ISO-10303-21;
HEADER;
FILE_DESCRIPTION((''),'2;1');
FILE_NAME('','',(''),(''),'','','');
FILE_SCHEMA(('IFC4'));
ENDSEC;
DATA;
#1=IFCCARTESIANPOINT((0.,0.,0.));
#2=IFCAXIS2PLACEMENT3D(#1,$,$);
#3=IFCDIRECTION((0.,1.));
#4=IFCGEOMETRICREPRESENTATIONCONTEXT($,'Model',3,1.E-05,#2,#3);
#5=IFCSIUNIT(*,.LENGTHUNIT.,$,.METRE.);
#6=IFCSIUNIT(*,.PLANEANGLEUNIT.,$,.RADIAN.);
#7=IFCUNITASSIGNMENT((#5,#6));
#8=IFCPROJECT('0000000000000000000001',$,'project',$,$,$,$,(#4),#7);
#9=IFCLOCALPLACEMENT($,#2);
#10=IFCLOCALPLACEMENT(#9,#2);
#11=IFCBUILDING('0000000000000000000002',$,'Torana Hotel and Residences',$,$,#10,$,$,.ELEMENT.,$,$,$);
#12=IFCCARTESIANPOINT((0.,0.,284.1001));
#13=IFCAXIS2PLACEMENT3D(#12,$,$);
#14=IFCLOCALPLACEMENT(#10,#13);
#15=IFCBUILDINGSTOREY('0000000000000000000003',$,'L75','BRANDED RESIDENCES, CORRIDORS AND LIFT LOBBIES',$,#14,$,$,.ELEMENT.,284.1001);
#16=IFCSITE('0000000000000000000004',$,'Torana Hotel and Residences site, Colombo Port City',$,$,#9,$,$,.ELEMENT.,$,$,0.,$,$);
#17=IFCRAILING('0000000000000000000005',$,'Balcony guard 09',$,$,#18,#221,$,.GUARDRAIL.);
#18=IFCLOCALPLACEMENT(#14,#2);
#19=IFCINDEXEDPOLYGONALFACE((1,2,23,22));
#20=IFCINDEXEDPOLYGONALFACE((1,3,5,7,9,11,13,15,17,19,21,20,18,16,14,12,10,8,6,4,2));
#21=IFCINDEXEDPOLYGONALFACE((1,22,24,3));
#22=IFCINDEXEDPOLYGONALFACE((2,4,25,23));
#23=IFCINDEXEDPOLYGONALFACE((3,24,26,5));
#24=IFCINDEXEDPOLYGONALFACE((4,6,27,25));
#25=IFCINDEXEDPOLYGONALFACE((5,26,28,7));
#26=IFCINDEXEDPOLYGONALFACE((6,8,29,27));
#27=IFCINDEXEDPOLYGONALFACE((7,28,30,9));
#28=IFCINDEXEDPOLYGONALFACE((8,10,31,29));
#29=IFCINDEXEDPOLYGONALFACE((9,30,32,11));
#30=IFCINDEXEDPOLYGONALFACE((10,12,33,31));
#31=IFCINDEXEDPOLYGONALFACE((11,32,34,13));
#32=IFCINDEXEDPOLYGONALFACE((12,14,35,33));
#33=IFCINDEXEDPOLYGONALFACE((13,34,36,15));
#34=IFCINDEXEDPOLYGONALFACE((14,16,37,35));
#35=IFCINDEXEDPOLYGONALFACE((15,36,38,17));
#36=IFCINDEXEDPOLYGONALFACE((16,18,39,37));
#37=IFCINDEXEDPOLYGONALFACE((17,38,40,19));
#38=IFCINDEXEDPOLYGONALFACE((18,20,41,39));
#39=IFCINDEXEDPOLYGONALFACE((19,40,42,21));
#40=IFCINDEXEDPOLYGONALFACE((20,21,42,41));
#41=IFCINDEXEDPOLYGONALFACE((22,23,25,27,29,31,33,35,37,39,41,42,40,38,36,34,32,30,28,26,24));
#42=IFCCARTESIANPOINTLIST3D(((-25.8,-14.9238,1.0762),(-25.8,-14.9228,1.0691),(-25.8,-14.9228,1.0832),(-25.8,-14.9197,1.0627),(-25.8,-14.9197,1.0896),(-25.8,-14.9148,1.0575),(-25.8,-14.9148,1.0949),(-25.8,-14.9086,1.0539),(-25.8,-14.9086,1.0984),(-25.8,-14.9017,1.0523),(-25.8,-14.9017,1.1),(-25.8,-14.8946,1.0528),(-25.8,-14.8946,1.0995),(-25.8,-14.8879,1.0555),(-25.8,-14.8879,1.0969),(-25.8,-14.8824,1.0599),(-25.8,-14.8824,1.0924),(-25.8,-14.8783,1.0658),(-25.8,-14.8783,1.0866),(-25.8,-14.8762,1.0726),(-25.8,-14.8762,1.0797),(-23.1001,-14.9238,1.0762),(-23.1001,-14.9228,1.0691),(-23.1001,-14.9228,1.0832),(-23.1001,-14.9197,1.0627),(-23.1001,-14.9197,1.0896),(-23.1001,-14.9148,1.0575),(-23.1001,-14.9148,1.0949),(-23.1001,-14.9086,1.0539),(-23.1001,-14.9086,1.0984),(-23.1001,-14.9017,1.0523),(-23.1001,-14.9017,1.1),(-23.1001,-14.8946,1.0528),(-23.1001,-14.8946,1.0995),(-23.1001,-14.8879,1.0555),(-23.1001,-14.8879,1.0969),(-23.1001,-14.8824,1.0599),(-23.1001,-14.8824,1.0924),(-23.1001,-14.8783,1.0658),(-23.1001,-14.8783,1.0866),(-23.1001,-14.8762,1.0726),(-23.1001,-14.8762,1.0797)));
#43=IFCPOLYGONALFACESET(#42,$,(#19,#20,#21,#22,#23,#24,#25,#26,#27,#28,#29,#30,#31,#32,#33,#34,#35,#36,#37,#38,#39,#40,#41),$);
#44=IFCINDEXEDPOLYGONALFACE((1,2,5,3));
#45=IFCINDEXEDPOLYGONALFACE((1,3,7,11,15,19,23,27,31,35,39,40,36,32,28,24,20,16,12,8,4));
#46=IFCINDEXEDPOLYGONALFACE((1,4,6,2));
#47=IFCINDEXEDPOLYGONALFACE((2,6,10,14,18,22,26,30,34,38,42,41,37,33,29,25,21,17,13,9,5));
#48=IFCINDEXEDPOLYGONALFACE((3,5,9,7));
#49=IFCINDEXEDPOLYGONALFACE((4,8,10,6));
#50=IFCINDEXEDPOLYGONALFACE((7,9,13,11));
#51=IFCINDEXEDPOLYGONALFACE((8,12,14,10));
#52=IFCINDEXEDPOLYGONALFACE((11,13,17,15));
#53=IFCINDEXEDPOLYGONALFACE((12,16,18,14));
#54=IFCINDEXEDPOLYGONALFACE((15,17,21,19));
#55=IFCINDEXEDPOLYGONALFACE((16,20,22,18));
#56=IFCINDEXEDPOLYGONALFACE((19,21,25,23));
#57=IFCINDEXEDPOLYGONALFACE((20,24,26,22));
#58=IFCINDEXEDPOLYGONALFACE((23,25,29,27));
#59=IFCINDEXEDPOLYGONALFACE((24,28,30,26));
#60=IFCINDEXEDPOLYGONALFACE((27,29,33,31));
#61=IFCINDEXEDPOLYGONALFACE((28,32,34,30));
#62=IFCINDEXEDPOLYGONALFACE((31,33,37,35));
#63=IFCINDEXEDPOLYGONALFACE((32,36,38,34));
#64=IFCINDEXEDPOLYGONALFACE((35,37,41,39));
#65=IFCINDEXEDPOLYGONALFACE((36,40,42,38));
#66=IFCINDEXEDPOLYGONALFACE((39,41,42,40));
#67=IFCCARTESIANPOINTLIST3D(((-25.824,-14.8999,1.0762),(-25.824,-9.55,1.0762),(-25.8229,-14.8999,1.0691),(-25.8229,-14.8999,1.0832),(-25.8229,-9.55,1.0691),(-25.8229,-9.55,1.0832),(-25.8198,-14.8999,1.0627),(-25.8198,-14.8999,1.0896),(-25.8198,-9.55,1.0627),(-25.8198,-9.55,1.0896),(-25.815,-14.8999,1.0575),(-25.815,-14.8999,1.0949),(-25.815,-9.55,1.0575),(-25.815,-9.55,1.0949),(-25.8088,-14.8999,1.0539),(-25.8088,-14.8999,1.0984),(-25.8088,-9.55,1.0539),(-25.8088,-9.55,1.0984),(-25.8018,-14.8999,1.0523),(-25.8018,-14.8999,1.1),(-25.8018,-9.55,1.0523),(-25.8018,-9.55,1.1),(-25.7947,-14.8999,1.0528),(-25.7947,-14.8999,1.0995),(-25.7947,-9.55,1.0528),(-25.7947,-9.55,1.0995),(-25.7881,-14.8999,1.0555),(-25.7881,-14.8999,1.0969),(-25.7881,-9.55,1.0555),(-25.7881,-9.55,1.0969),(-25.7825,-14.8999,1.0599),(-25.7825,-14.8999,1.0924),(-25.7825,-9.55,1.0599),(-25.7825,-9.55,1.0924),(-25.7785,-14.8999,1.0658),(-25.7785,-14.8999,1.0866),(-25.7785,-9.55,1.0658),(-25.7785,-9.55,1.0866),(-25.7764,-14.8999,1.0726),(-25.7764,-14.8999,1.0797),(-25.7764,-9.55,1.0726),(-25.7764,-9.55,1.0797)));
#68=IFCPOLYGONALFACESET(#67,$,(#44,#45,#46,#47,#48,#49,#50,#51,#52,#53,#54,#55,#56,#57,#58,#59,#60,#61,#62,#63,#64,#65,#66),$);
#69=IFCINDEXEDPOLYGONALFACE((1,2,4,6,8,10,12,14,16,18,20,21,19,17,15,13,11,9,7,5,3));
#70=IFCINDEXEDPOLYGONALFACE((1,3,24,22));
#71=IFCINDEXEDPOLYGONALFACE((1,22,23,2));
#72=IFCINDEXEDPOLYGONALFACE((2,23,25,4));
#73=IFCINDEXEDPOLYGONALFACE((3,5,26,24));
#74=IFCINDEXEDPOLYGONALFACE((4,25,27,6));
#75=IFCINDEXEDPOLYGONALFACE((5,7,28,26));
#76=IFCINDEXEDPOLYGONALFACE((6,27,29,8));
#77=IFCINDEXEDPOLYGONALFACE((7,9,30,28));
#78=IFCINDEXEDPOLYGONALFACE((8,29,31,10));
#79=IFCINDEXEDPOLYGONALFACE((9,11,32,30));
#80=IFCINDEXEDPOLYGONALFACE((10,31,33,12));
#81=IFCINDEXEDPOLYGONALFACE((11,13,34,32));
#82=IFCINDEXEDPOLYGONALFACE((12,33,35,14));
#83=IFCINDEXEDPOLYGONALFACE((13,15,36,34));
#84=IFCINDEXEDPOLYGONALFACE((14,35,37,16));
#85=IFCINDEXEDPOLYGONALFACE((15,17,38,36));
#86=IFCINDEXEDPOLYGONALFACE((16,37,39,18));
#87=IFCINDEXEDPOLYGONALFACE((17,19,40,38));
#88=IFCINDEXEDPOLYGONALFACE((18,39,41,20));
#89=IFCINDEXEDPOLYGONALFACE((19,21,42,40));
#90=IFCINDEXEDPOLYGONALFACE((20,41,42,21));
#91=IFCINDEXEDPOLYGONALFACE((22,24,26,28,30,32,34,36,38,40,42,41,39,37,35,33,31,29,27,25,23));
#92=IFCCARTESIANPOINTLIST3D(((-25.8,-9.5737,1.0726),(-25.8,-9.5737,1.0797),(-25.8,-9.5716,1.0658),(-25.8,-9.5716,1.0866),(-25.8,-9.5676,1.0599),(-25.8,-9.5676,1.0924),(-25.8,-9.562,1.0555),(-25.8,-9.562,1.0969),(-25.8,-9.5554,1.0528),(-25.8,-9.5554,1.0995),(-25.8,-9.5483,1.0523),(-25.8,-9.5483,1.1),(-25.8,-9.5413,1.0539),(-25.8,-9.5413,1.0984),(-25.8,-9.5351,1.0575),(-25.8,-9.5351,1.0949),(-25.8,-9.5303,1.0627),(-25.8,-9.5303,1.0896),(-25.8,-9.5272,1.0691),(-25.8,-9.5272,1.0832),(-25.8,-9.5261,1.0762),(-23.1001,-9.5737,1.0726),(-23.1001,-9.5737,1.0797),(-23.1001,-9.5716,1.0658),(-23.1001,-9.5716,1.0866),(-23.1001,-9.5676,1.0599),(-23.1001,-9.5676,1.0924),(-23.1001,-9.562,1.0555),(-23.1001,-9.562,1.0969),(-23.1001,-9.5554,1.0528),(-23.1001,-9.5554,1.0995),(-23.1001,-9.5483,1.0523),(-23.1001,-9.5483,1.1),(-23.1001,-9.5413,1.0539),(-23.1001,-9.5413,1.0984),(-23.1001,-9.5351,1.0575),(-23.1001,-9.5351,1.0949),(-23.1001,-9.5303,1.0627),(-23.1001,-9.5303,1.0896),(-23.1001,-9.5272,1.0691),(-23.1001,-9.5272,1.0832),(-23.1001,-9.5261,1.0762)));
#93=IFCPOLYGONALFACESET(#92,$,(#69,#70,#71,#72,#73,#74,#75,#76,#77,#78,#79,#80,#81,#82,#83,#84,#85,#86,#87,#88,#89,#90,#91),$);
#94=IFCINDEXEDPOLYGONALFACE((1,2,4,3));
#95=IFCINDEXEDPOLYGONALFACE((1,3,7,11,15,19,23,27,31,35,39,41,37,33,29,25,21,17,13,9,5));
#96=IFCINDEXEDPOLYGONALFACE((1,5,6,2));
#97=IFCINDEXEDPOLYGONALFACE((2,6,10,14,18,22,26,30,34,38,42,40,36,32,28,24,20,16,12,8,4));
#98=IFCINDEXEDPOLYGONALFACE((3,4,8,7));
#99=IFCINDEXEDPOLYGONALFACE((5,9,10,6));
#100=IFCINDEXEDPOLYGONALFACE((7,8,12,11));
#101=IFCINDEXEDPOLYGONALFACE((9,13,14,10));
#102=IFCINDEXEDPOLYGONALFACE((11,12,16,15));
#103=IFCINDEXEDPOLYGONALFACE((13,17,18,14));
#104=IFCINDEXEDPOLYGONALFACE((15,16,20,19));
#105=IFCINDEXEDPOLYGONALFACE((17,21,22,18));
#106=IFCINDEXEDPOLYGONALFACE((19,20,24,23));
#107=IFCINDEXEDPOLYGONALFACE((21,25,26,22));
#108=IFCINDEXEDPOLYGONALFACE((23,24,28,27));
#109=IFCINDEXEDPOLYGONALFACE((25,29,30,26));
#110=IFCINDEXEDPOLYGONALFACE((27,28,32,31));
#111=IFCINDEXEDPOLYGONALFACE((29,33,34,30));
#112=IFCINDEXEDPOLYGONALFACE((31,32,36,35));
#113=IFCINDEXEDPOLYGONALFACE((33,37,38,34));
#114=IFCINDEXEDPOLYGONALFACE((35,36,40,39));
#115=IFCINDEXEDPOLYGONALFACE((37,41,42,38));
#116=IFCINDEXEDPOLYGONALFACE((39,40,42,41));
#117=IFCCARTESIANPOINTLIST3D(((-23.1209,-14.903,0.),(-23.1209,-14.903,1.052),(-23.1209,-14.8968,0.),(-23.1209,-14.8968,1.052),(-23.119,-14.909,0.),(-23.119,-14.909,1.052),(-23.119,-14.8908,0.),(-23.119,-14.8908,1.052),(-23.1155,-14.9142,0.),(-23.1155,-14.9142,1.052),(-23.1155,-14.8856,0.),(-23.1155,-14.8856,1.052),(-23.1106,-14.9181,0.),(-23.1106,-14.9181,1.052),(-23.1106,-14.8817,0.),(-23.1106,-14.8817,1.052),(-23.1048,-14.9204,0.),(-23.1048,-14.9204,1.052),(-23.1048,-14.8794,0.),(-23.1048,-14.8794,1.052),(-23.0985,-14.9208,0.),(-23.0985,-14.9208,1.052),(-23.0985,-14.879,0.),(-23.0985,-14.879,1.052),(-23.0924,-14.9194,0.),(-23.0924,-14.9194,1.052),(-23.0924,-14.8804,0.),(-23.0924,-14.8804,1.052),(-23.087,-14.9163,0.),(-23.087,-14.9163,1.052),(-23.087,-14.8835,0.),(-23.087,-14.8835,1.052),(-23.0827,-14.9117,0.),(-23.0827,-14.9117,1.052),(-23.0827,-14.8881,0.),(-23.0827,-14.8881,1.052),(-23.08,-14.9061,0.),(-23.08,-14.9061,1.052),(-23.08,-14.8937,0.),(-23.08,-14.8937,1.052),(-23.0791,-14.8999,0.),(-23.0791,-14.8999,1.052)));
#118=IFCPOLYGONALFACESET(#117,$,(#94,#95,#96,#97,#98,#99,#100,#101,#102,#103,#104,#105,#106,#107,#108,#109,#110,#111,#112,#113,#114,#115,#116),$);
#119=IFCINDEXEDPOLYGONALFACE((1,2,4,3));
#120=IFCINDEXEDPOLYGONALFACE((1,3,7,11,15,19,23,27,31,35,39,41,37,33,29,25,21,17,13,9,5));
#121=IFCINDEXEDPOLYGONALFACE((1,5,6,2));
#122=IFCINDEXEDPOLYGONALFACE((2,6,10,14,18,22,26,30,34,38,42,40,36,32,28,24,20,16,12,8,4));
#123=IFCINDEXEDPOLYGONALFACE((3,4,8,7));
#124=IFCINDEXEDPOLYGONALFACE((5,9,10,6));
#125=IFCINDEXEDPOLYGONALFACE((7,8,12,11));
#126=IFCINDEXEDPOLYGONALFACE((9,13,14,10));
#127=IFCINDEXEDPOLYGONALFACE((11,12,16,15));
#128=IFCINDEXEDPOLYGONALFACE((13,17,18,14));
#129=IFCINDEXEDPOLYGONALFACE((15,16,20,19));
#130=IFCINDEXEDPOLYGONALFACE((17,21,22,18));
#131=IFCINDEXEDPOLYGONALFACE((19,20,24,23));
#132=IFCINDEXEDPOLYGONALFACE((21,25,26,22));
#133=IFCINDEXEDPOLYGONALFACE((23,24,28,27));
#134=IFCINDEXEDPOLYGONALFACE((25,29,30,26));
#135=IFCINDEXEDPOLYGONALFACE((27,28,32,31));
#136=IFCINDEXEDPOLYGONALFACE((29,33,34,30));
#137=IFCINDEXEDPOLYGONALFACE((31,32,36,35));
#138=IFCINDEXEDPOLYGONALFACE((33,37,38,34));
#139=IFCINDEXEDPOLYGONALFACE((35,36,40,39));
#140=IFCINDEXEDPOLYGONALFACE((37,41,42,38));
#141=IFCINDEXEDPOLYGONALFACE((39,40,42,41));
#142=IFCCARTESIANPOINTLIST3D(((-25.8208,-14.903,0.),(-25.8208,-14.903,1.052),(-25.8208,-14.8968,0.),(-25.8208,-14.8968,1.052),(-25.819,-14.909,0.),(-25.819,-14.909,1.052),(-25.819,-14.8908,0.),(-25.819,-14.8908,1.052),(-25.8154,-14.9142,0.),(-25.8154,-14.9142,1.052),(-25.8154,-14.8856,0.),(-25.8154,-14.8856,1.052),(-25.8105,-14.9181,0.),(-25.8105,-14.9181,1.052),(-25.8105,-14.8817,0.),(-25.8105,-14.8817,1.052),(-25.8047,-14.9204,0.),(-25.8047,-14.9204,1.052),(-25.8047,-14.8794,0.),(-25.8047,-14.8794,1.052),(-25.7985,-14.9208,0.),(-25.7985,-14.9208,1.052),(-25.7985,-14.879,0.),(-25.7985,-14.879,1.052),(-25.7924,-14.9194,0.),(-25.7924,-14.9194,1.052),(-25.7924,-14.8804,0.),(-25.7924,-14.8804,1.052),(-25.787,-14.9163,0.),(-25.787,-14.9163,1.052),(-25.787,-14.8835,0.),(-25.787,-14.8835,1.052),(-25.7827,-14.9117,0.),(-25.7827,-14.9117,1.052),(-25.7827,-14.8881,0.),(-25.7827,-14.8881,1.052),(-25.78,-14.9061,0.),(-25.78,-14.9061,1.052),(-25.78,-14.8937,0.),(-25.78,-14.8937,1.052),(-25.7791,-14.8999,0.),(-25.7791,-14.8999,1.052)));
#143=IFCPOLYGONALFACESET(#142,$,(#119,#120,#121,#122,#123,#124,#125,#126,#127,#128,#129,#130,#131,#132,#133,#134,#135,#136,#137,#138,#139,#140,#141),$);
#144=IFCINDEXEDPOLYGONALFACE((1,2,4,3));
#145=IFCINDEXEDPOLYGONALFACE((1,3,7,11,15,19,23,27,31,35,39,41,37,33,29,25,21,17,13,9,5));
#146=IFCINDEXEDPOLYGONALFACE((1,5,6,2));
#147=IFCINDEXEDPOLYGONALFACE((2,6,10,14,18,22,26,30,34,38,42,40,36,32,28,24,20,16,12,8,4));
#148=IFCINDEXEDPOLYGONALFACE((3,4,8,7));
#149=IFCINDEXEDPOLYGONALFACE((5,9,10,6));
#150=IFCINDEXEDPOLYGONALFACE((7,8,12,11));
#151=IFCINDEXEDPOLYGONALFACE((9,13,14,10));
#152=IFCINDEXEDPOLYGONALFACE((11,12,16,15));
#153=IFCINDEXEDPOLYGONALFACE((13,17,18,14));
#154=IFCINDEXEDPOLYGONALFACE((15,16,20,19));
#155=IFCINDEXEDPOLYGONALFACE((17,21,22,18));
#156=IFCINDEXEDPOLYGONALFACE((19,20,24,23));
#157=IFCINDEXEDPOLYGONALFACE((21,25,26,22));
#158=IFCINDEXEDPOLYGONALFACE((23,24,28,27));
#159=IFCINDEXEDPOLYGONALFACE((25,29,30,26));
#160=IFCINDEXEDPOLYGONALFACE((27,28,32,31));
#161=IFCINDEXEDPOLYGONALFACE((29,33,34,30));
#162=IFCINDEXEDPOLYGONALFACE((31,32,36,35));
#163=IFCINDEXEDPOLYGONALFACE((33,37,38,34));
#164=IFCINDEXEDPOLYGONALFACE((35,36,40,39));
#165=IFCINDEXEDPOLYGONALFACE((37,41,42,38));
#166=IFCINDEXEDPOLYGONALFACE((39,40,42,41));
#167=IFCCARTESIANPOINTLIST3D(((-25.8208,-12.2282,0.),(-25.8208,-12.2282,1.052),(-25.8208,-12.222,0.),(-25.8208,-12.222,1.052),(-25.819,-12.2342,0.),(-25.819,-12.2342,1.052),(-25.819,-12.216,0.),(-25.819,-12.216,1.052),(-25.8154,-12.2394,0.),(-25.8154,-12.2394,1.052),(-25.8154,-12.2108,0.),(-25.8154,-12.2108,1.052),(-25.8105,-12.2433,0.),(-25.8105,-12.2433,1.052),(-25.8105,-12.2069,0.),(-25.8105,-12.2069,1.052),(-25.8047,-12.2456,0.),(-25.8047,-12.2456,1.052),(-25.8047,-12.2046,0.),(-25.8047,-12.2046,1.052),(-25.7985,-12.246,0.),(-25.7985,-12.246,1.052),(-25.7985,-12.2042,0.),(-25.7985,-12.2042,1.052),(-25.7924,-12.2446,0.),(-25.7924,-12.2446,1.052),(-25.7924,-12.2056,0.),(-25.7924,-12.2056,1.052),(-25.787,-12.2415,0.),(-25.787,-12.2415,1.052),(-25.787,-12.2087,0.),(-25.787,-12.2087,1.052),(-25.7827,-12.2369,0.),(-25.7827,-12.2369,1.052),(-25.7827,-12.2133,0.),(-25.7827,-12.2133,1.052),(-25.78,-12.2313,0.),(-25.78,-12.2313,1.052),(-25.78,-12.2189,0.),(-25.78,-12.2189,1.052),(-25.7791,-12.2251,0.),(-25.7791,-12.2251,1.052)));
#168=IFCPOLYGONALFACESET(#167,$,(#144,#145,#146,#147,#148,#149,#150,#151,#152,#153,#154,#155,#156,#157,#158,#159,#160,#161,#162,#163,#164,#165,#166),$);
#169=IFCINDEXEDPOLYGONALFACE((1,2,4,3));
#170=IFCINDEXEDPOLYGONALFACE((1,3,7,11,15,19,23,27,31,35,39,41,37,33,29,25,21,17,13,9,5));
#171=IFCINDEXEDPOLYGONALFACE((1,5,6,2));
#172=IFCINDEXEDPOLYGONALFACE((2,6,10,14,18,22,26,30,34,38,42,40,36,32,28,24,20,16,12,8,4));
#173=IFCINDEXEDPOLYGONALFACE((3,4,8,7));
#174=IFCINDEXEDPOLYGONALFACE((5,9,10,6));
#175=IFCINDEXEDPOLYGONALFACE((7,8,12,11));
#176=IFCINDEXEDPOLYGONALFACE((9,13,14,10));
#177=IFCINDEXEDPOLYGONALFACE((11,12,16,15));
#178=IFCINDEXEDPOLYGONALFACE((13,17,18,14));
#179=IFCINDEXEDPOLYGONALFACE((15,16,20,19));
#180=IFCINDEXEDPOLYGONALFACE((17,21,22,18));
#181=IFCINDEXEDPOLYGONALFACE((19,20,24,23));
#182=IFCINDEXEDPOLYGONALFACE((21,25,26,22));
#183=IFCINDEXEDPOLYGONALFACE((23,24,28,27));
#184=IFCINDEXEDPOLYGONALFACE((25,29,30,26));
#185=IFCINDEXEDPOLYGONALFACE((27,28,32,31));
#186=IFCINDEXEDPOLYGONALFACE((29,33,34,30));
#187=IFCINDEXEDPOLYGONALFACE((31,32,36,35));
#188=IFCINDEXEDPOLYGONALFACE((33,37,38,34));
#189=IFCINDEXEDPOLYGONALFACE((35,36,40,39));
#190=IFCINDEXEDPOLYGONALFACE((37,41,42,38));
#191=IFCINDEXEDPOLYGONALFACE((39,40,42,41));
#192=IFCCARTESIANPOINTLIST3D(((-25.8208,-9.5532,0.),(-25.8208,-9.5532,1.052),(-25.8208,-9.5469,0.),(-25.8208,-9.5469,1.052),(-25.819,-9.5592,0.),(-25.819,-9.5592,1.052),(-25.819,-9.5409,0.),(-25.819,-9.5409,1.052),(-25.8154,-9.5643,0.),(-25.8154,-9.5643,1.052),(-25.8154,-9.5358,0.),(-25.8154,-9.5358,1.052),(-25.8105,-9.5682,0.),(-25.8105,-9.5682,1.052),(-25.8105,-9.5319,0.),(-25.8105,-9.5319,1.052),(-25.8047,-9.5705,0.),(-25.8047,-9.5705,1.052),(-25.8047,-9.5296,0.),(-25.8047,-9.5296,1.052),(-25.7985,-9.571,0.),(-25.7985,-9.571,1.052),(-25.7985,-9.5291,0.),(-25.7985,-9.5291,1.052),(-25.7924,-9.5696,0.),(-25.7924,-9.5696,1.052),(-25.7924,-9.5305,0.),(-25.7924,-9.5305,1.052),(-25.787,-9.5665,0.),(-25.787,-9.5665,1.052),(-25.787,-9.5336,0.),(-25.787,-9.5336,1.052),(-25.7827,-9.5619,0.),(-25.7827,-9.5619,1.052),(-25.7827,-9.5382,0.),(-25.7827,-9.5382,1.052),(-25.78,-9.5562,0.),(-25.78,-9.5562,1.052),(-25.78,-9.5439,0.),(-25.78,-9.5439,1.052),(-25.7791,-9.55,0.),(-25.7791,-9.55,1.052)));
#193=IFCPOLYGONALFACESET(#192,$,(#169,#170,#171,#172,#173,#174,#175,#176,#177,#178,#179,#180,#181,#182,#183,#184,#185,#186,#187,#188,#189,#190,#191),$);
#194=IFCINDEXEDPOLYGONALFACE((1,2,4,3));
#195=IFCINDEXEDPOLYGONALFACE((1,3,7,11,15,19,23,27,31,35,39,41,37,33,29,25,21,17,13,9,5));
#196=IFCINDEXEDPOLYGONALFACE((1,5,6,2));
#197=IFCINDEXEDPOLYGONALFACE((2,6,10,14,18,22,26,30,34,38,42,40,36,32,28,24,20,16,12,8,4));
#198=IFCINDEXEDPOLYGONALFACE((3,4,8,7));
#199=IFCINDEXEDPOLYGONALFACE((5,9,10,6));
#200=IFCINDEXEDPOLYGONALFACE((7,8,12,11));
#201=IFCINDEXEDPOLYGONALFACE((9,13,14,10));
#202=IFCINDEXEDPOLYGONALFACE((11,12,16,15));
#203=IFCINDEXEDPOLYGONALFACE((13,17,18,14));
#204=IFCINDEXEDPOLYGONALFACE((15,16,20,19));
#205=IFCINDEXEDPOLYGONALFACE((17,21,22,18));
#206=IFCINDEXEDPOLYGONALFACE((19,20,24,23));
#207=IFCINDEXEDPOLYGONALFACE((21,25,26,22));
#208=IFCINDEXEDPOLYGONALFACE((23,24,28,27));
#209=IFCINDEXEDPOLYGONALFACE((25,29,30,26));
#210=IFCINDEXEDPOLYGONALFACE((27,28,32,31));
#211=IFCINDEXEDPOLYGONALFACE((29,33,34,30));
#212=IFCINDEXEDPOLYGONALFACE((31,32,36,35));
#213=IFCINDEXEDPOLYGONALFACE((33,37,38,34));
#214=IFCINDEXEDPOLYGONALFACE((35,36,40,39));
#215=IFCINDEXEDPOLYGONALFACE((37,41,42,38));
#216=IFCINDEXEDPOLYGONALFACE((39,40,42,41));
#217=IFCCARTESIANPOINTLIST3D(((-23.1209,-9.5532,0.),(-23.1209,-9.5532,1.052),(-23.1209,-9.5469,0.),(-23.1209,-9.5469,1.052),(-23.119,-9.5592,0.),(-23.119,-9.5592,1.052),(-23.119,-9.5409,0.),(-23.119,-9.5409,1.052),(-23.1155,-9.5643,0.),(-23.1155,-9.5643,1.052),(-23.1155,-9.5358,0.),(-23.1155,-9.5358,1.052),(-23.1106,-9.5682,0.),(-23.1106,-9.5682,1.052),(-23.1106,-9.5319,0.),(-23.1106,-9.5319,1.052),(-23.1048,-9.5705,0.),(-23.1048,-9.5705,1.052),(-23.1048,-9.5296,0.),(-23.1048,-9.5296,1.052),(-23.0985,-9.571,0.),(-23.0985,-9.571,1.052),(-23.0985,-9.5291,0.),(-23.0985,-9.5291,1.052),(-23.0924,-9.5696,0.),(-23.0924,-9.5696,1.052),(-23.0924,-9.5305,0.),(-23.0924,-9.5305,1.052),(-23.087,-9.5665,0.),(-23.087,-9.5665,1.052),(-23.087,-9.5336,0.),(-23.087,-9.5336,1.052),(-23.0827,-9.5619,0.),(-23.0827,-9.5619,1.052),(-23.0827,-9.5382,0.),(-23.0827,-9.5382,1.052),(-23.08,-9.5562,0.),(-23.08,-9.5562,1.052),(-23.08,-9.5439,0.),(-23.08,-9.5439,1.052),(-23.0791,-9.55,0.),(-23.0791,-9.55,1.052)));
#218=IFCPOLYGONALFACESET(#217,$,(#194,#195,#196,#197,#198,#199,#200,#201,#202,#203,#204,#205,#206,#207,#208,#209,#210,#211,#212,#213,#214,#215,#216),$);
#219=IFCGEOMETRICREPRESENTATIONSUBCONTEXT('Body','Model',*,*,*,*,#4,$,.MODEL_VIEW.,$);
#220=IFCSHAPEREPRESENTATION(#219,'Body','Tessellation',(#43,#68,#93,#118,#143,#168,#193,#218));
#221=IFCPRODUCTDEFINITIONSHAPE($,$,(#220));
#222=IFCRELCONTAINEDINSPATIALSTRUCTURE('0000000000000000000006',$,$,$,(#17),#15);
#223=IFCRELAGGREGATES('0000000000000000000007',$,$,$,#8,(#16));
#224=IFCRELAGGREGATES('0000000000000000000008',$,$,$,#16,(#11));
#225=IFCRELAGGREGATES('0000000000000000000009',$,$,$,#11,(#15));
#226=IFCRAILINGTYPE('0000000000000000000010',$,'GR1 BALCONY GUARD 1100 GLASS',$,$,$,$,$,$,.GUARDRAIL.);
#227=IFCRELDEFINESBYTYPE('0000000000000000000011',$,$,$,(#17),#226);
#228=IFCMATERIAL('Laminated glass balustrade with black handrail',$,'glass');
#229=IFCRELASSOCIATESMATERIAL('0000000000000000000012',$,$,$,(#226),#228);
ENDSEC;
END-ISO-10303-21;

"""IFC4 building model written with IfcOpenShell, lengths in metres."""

from ifc_helpers import new_model, si_unit, direction, frame, origin, origin_2d, place, context, subcontext, project, spatial, circle, extrude, material, type_object, element, save


model = new_model("IFC4")

# Units and contexts
model_context = context("Model", 3, precision=1e-05, world=origin(), true_north=direction((0.0, 1.0)))
body_context = subcontext(model_context, "Body", "Model", "MODEL_VIEW")
ifc_project = project(units=[si_unit("LENGTHUNIT", "METRE"), si_unit("PLANEANGLEUNIT", "RADIAN")], contexts=[model_context])

# Site, building, storey
site_placement = place(None, origin())
site = spatial("IfcSite", under=ifc_project, at=site_placement, Name="Torana Hotel and Residences site, Colombo Port City", CompositionType="ELEMENT", RefElevation=0.0)
building_placement = place(site_placement, origin())
building = spatial("IfcBuilding", under=site, at=building_placement, Name="Torana Hotel and Residences", CompositionType="ELEMENT")
storey_placement = place(building_placement, frame((0.0, 0.0, 284.1001)))
storey = spatial("IfcBuildingStorey", under=building, at=storey_placement, Name="L75", Description="BRANDED RESIDENCES, CORRIDORS AND LIFT LOBBIES", CompositionType="ELEMENT", Elevation=284.1001)

# Railing
ifc_material_1 = material(Name="Laminated glass balustrade with black handrail", Category="glass")
railing_type = type_object("IfcRailingType", Name="GR1 BALCONY GUARD 1100 GLASS", PredefinedType="GUARDRAIL", material=ifc_material_1)
railing_1_placement = place(storey_placement, frame((-23.1001, -14.8999, 0.0)))
element("IfcRailing", 1, at=railing_1_placement, inside=storey, type_object=railing_type, Name="Balcony guard 09", PredefinedType="GUARDRAIL", context=body_context, shape_type="SweptSolid", body=[
    extrude(circle(Radius=0.0239, at=origin_2d()), frame((0.0, 0.0, 1.0762), z_axis=(-1.0, 0.0, 0.0), x_axis=(0.0, -1.0, 0.0)), (0.0, 0.0, 1.0), 2.7),
    extrude(circle(Radius=0.0239, at=origin_2d()), frame((-2.7, 0.0, 1.0762), z_axis=(0.0, 1.0, 0.0), x_axis=(-1.0, 0.0, 0.0)), (0.0, 0.0, 1.0), 5.3499),
    extrude(circle(Radius=0.0239, at=origin_2d()), frame((-2.7, 5.3499, 1.0762), z_axis=(1.0, 0.0, 0.0), x_axis=(0.0, 1.0, 0.0)), (0.0, 0.0, 1.0), 2.7),
    extrude(circle(Radius=0.021, at=origin_2d()), origin(), (0.0, 0.0, 1.0), 1.052),
    extrude(circle(Radius=0.021, at=origin_2d()), frame((-2.7, 0.0, 0.0)), (0.0, 0.0, 1.0), 1.052),
    extrude(circle(Radius=0.021, at=origin_2d()), frame((-2.7, 2.6748, 0.0)), (0.0, 0.0, 1.0), 1.052),
    extrude(circle(Radius=0.021, at=origin_2d()), frame((-2.7, 5.3499, 0.0)), (0.0, 0.0, 1.0), 1.052),
    extrude(circle(Radius=0.021, at=origin_2d()), frame((0.0, 5.3499, 0.0)), (0.0, 0.0, 1.0), 1.052),
])

save(model, "model.ifc")
